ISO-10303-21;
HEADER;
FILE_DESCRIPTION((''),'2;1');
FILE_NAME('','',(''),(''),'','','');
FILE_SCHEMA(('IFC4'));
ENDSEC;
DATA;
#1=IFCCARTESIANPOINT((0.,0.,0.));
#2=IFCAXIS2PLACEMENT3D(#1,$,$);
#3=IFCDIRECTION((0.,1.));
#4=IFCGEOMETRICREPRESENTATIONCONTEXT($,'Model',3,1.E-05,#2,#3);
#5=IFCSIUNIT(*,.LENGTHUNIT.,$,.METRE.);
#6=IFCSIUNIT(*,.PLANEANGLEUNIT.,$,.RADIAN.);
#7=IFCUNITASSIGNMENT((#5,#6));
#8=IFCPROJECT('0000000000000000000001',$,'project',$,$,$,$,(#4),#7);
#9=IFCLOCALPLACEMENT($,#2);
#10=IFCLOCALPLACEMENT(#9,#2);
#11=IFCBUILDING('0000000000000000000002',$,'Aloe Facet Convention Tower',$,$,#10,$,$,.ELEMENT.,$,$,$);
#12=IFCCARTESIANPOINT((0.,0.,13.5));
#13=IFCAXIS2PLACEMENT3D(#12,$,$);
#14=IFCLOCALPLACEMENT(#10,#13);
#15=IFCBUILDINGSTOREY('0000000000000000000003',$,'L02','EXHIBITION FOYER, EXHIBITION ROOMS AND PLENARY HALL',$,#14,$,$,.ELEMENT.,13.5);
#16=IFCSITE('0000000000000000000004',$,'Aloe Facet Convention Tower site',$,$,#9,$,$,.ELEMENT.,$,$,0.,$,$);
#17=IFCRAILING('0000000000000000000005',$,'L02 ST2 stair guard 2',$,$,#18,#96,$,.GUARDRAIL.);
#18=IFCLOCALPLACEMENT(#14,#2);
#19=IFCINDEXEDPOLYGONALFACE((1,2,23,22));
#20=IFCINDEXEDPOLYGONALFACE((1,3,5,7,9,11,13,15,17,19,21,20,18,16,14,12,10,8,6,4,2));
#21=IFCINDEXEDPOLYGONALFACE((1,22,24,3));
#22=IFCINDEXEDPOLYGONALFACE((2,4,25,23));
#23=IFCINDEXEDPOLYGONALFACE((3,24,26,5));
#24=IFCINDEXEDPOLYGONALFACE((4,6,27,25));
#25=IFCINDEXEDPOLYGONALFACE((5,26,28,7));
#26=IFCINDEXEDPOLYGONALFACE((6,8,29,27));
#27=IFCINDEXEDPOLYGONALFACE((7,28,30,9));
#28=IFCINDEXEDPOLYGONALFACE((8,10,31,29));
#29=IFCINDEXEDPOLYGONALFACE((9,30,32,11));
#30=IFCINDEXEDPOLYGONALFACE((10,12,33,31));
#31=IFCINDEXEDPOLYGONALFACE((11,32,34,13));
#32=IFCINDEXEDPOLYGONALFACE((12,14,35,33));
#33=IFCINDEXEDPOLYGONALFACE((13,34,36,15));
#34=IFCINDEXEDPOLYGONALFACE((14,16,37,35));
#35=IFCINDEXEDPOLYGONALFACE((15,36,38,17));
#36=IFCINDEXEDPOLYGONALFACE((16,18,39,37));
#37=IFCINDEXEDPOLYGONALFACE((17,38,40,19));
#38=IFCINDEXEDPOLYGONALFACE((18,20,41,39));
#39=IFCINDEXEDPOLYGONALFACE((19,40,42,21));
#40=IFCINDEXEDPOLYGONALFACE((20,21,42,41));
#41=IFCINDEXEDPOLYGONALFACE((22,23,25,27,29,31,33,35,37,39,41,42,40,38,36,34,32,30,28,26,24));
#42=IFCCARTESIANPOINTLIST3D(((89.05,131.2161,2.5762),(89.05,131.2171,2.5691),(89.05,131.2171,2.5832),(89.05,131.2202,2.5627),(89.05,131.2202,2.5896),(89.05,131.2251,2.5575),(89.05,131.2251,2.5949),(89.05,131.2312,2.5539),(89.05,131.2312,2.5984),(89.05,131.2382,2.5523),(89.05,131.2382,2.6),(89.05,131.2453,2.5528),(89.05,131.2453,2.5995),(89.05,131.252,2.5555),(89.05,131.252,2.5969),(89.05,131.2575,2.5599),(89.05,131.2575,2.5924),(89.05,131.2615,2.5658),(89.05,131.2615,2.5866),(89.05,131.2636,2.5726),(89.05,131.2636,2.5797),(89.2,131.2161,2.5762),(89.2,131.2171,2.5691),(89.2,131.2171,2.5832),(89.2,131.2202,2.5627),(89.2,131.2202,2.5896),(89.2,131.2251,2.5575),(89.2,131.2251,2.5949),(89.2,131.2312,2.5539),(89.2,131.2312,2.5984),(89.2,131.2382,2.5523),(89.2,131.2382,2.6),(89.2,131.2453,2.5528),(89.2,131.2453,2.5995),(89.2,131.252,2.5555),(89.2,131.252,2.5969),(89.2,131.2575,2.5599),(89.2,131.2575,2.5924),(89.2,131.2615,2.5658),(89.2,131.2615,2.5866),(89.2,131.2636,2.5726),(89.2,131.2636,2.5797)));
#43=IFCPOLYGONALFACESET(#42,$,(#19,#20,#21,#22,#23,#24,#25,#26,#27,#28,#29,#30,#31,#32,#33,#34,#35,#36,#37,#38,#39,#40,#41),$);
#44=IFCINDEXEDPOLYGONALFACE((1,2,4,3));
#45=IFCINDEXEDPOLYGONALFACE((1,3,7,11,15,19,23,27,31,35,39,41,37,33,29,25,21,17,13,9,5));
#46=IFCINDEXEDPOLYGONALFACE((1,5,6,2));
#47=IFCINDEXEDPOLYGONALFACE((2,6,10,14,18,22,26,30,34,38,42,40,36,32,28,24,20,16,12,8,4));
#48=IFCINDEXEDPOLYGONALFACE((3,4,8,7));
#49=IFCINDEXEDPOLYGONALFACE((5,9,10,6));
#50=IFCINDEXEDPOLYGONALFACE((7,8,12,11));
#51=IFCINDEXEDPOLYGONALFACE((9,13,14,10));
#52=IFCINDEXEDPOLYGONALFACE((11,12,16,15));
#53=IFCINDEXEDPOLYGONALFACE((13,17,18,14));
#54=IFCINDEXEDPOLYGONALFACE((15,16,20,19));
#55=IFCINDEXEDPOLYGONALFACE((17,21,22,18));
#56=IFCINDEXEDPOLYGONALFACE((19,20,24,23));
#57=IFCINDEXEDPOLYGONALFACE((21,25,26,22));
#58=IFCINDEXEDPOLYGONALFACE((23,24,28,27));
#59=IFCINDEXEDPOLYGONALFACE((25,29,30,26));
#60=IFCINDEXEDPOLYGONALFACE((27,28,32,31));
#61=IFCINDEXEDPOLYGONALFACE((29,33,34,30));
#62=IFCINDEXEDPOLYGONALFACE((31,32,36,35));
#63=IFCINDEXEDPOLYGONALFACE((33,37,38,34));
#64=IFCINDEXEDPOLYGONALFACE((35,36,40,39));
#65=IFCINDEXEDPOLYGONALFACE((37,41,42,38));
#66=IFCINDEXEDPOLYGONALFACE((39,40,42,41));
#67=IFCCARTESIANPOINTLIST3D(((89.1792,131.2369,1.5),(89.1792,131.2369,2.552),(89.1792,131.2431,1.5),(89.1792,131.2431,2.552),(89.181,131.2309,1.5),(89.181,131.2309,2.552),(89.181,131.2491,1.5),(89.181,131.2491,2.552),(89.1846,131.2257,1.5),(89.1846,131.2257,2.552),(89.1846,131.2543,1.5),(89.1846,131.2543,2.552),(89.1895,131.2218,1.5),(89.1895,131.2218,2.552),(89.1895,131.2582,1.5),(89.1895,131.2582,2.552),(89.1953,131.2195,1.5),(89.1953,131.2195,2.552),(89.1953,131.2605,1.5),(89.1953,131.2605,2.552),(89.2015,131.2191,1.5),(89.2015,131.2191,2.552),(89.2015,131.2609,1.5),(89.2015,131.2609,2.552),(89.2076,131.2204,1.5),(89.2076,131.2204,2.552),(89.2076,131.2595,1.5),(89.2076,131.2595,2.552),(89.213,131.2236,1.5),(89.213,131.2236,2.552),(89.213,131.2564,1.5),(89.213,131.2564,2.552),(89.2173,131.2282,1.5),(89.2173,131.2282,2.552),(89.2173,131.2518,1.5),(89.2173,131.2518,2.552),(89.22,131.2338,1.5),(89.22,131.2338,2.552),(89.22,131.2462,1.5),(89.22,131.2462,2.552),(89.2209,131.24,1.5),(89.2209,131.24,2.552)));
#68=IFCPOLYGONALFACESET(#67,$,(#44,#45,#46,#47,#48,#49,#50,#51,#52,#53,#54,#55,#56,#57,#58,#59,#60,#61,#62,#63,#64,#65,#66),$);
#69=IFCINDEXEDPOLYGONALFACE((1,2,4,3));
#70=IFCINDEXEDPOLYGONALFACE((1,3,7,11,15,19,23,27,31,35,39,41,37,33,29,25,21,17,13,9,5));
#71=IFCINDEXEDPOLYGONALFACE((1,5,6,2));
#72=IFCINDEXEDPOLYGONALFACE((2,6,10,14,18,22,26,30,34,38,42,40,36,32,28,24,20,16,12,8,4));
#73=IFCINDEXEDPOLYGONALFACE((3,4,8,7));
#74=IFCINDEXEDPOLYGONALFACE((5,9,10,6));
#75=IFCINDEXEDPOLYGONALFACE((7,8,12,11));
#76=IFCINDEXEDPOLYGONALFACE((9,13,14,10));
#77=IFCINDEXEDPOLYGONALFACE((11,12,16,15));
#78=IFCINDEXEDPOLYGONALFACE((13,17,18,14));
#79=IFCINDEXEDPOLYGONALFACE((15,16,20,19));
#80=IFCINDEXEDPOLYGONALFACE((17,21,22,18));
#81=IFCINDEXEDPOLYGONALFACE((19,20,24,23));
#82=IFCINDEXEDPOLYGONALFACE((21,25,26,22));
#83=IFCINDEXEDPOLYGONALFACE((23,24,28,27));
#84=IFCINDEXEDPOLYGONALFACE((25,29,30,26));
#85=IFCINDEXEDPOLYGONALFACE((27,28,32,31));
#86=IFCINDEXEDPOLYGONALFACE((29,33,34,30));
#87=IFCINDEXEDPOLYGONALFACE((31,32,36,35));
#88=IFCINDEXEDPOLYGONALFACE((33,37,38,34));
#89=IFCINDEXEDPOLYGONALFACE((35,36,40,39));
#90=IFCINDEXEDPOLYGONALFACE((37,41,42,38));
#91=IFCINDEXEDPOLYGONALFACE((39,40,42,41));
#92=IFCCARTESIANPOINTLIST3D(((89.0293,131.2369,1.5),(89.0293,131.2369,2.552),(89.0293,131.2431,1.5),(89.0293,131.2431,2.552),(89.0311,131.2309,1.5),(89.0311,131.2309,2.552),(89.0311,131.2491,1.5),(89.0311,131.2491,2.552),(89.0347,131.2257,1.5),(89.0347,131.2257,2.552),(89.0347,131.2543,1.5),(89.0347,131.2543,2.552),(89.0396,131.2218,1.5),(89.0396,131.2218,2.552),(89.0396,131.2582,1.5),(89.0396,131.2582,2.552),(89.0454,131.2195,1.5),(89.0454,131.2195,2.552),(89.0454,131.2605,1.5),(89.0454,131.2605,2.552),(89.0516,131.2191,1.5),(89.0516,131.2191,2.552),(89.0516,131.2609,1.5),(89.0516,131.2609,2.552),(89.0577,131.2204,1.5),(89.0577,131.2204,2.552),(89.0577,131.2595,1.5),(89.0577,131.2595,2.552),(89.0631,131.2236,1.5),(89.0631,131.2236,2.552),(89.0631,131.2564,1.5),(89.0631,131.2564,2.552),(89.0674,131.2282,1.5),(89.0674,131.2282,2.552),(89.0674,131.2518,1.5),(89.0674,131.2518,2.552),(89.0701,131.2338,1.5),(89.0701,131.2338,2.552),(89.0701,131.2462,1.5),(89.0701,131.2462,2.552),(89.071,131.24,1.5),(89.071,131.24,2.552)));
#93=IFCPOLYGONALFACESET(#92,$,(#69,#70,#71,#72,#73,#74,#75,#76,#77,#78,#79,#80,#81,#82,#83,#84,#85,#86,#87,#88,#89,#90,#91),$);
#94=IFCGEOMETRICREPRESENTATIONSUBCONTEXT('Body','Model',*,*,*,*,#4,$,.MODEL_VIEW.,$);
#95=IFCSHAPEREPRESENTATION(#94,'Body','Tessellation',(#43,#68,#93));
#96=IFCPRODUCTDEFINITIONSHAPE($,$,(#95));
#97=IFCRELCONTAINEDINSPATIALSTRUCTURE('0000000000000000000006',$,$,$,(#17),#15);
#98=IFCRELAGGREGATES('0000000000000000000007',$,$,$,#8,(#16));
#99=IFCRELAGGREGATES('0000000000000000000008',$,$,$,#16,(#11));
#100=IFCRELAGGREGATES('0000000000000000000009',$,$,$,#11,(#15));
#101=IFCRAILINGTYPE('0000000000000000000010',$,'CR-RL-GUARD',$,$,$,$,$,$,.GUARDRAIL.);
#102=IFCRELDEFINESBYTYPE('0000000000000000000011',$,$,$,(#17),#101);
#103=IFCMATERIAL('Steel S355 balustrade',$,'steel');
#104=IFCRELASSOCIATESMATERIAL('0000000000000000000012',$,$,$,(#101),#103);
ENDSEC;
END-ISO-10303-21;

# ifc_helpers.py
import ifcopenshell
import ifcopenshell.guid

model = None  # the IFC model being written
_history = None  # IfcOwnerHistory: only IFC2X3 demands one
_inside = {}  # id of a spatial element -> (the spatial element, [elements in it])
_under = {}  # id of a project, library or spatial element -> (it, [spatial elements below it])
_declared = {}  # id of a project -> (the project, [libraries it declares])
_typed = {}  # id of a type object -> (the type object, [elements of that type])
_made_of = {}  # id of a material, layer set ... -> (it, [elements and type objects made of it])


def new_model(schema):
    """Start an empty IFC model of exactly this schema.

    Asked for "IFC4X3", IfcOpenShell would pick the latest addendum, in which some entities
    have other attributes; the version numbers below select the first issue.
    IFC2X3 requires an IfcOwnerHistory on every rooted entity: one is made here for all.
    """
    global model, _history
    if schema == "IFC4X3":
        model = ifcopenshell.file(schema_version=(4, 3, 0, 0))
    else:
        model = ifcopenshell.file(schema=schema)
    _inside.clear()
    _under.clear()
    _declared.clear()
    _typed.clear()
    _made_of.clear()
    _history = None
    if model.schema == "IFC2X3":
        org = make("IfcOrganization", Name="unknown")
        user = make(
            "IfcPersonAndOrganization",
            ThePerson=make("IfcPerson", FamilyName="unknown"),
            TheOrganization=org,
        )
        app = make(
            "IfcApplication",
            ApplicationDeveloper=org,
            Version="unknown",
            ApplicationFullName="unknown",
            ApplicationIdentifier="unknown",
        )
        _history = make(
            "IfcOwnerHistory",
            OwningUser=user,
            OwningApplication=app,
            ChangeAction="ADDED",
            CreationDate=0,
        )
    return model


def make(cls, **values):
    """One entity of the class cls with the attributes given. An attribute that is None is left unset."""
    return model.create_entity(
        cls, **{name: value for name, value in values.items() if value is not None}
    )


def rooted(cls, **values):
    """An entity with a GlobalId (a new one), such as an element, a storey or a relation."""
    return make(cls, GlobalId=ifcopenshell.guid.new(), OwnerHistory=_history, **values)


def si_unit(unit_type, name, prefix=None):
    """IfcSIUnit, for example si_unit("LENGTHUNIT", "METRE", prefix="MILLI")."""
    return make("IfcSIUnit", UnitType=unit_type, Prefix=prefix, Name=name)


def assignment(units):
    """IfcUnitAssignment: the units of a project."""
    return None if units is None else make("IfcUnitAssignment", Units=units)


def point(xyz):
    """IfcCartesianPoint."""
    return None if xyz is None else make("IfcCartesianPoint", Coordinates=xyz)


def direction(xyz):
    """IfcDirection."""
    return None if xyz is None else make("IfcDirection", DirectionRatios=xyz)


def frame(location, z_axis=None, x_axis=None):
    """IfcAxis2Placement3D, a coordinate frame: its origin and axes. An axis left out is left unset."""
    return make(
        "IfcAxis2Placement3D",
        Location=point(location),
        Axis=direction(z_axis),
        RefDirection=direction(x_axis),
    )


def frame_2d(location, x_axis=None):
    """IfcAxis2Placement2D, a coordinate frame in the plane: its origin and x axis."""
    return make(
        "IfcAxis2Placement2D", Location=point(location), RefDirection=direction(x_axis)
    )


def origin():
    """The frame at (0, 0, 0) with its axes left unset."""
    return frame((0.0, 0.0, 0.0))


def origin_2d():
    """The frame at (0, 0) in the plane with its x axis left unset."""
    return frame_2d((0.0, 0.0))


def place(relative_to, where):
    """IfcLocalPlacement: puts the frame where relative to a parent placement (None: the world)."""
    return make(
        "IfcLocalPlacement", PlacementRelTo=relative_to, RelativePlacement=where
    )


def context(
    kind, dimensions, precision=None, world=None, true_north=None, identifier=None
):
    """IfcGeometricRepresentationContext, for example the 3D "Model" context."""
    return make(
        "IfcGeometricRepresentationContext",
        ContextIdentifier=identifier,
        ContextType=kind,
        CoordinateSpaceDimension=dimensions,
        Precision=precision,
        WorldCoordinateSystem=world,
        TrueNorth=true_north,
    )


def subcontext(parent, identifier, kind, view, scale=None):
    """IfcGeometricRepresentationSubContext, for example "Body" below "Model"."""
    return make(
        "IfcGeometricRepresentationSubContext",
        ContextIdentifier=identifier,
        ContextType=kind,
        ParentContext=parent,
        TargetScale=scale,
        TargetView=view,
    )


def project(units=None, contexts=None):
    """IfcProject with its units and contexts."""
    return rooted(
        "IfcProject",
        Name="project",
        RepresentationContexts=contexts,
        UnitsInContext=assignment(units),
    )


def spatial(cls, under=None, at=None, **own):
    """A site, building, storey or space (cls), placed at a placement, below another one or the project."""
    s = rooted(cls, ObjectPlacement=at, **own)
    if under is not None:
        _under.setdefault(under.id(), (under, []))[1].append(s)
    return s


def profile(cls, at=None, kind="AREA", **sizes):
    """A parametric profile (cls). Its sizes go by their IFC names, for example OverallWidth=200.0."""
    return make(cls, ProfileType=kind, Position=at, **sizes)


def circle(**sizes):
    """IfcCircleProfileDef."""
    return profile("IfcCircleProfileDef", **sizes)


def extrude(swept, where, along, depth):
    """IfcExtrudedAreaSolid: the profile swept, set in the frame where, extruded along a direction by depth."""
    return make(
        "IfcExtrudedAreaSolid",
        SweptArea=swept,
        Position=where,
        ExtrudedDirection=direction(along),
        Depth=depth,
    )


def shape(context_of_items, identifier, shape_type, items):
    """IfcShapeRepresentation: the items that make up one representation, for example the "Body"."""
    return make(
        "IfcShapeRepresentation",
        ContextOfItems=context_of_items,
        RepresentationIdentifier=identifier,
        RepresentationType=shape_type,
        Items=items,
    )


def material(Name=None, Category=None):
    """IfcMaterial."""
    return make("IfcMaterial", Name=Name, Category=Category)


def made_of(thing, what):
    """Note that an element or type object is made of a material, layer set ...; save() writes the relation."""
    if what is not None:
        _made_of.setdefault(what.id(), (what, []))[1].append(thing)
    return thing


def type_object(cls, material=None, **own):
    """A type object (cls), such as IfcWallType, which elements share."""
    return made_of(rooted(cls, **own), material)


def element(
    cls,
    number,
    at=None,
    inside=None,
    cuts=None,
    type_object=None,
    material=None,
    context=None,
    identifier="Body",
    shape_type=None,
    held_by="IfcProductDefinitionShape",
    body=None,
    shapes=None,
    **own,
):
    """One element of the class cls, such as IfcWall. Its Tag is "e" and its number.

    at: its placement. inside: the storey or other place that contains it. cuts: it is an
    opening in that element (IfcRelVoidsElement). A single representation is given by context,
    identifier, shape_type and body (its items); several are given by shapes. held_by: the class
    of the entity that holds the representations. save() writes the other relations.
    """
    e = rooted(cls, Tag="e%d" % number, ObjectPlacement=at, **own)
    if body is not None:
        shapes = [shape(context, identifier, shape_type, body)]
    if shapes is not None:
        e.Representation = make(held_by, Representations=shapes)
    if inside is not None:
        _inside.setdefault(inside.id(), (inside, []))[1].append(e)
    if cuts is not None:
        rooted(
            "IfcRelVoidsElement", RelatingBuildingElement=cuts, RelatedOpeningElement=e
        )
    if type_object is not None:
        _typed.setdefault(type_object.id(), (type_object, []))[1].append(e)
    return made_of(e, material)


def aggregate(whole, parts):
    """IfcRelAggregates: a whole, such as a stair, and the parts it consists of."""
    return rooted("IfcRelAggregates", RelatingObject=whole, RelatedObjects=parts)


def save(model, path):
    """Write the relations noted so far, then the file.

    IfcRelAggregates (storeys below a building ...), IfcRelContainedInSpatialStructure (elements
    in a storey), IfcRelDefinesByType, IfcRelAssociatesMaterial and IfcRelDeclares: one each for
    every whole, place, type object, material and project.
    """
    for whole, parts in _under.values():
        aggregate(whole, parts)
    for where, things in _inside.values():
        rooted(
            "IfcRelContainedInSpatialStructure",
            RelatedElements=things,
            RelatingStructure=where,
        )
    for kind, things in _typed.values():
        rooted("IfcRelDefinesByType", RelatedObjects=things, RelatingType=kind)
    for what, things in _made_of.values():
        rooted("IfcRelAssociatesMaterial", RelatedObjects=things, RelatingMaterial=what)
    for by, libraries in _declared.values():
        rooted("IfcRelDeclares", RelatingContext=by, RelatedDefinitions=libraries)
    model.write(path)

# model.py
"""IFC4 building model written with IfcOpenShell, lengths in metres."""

from ifc_helpers import new_model, si_unit, direction, frame, origin, origin_2d, place, context, subcontext, project, spatial, circle, extrude, material, type_object, element, save


model = new_model("IFC4")

# Units and contexts
model_context = context("Model", 3, precision=1e-05, world=origin(), true_north=direction((0.0, 1.0)))
body_context = subcontext(model_context, "Body", "Model", "MODEL_VIEW")
ifc_project = project(units=[si_unit("LENGTHUNIT", "METRE"), si_unit("PLANEANGLEUNIT", "RADIAN")], contexts=[model_context])

# Site, building, storey
site_placement = place(None, origin())
site = spatial("IfcSite", under=ifc_project, at=site_placement, Name="Aloe Facet Convention Tower site", CompositionType="ELEMENT", RefElevation=0.0)
building_placement = place(site_placement, origin())
building = spatial("IfcBuilding", under=site, at=building_placement, Name="Aloe Facet Convention Tower", CompositionType="ELEMENT")
storey_placement = place(building_placement, frame((0.0, 0.0, 13.5)))
storey = spatial("IfcBuildingStorey", under=building, at=storey_placement, Name="L02", Description="EXHIBITION FOYER, EXHIBITION ROOMS AND PLENARY HALL", CompositionType="ELEMENT", Elevation=13.5)

# Railing
ifc_material_1 = material(Name="Steel S355 balustrade", Category="steel")
railing_type_1 = type_object("IfcRailingType", Name="CR-RL-GUARD", PredefinedType="GUARDRAIL", material=ifc_material_1)
railing_1_placement = place(storey_placement, frame((89.2, 131.24, 1.5)))
element("IfcRailing", 1, at=railing_1_placement, inside=storey, type_object=railing_type_1, Name="L02 ST2 stair guard 2", PredefinedType="GUARDRAIL", context=body_context, shape_type="SweptSolid", body=[
    extrude(circle(Radius=0.0239, at=origin_2d()), frame((0.0, 0.0, 1.0762), z_axis=(-1.0, 0.0, 0.0), x_axis=(0.0, -1.0, 0.0)), (0.0, 0.0, 1.0), 0.1499),
    extrude(circle(Radius=0.021, at=origin_2d()), origin(), (0.0, 0.0, 1.0), 1.052),
    extrude(circle(Radius=0.021, at=origin_2d()), frame((-0.1499, 0.0, 0.0)), (0.0, 0.0, 1.0), 1.052),
])

save(model, "model.ifc")
